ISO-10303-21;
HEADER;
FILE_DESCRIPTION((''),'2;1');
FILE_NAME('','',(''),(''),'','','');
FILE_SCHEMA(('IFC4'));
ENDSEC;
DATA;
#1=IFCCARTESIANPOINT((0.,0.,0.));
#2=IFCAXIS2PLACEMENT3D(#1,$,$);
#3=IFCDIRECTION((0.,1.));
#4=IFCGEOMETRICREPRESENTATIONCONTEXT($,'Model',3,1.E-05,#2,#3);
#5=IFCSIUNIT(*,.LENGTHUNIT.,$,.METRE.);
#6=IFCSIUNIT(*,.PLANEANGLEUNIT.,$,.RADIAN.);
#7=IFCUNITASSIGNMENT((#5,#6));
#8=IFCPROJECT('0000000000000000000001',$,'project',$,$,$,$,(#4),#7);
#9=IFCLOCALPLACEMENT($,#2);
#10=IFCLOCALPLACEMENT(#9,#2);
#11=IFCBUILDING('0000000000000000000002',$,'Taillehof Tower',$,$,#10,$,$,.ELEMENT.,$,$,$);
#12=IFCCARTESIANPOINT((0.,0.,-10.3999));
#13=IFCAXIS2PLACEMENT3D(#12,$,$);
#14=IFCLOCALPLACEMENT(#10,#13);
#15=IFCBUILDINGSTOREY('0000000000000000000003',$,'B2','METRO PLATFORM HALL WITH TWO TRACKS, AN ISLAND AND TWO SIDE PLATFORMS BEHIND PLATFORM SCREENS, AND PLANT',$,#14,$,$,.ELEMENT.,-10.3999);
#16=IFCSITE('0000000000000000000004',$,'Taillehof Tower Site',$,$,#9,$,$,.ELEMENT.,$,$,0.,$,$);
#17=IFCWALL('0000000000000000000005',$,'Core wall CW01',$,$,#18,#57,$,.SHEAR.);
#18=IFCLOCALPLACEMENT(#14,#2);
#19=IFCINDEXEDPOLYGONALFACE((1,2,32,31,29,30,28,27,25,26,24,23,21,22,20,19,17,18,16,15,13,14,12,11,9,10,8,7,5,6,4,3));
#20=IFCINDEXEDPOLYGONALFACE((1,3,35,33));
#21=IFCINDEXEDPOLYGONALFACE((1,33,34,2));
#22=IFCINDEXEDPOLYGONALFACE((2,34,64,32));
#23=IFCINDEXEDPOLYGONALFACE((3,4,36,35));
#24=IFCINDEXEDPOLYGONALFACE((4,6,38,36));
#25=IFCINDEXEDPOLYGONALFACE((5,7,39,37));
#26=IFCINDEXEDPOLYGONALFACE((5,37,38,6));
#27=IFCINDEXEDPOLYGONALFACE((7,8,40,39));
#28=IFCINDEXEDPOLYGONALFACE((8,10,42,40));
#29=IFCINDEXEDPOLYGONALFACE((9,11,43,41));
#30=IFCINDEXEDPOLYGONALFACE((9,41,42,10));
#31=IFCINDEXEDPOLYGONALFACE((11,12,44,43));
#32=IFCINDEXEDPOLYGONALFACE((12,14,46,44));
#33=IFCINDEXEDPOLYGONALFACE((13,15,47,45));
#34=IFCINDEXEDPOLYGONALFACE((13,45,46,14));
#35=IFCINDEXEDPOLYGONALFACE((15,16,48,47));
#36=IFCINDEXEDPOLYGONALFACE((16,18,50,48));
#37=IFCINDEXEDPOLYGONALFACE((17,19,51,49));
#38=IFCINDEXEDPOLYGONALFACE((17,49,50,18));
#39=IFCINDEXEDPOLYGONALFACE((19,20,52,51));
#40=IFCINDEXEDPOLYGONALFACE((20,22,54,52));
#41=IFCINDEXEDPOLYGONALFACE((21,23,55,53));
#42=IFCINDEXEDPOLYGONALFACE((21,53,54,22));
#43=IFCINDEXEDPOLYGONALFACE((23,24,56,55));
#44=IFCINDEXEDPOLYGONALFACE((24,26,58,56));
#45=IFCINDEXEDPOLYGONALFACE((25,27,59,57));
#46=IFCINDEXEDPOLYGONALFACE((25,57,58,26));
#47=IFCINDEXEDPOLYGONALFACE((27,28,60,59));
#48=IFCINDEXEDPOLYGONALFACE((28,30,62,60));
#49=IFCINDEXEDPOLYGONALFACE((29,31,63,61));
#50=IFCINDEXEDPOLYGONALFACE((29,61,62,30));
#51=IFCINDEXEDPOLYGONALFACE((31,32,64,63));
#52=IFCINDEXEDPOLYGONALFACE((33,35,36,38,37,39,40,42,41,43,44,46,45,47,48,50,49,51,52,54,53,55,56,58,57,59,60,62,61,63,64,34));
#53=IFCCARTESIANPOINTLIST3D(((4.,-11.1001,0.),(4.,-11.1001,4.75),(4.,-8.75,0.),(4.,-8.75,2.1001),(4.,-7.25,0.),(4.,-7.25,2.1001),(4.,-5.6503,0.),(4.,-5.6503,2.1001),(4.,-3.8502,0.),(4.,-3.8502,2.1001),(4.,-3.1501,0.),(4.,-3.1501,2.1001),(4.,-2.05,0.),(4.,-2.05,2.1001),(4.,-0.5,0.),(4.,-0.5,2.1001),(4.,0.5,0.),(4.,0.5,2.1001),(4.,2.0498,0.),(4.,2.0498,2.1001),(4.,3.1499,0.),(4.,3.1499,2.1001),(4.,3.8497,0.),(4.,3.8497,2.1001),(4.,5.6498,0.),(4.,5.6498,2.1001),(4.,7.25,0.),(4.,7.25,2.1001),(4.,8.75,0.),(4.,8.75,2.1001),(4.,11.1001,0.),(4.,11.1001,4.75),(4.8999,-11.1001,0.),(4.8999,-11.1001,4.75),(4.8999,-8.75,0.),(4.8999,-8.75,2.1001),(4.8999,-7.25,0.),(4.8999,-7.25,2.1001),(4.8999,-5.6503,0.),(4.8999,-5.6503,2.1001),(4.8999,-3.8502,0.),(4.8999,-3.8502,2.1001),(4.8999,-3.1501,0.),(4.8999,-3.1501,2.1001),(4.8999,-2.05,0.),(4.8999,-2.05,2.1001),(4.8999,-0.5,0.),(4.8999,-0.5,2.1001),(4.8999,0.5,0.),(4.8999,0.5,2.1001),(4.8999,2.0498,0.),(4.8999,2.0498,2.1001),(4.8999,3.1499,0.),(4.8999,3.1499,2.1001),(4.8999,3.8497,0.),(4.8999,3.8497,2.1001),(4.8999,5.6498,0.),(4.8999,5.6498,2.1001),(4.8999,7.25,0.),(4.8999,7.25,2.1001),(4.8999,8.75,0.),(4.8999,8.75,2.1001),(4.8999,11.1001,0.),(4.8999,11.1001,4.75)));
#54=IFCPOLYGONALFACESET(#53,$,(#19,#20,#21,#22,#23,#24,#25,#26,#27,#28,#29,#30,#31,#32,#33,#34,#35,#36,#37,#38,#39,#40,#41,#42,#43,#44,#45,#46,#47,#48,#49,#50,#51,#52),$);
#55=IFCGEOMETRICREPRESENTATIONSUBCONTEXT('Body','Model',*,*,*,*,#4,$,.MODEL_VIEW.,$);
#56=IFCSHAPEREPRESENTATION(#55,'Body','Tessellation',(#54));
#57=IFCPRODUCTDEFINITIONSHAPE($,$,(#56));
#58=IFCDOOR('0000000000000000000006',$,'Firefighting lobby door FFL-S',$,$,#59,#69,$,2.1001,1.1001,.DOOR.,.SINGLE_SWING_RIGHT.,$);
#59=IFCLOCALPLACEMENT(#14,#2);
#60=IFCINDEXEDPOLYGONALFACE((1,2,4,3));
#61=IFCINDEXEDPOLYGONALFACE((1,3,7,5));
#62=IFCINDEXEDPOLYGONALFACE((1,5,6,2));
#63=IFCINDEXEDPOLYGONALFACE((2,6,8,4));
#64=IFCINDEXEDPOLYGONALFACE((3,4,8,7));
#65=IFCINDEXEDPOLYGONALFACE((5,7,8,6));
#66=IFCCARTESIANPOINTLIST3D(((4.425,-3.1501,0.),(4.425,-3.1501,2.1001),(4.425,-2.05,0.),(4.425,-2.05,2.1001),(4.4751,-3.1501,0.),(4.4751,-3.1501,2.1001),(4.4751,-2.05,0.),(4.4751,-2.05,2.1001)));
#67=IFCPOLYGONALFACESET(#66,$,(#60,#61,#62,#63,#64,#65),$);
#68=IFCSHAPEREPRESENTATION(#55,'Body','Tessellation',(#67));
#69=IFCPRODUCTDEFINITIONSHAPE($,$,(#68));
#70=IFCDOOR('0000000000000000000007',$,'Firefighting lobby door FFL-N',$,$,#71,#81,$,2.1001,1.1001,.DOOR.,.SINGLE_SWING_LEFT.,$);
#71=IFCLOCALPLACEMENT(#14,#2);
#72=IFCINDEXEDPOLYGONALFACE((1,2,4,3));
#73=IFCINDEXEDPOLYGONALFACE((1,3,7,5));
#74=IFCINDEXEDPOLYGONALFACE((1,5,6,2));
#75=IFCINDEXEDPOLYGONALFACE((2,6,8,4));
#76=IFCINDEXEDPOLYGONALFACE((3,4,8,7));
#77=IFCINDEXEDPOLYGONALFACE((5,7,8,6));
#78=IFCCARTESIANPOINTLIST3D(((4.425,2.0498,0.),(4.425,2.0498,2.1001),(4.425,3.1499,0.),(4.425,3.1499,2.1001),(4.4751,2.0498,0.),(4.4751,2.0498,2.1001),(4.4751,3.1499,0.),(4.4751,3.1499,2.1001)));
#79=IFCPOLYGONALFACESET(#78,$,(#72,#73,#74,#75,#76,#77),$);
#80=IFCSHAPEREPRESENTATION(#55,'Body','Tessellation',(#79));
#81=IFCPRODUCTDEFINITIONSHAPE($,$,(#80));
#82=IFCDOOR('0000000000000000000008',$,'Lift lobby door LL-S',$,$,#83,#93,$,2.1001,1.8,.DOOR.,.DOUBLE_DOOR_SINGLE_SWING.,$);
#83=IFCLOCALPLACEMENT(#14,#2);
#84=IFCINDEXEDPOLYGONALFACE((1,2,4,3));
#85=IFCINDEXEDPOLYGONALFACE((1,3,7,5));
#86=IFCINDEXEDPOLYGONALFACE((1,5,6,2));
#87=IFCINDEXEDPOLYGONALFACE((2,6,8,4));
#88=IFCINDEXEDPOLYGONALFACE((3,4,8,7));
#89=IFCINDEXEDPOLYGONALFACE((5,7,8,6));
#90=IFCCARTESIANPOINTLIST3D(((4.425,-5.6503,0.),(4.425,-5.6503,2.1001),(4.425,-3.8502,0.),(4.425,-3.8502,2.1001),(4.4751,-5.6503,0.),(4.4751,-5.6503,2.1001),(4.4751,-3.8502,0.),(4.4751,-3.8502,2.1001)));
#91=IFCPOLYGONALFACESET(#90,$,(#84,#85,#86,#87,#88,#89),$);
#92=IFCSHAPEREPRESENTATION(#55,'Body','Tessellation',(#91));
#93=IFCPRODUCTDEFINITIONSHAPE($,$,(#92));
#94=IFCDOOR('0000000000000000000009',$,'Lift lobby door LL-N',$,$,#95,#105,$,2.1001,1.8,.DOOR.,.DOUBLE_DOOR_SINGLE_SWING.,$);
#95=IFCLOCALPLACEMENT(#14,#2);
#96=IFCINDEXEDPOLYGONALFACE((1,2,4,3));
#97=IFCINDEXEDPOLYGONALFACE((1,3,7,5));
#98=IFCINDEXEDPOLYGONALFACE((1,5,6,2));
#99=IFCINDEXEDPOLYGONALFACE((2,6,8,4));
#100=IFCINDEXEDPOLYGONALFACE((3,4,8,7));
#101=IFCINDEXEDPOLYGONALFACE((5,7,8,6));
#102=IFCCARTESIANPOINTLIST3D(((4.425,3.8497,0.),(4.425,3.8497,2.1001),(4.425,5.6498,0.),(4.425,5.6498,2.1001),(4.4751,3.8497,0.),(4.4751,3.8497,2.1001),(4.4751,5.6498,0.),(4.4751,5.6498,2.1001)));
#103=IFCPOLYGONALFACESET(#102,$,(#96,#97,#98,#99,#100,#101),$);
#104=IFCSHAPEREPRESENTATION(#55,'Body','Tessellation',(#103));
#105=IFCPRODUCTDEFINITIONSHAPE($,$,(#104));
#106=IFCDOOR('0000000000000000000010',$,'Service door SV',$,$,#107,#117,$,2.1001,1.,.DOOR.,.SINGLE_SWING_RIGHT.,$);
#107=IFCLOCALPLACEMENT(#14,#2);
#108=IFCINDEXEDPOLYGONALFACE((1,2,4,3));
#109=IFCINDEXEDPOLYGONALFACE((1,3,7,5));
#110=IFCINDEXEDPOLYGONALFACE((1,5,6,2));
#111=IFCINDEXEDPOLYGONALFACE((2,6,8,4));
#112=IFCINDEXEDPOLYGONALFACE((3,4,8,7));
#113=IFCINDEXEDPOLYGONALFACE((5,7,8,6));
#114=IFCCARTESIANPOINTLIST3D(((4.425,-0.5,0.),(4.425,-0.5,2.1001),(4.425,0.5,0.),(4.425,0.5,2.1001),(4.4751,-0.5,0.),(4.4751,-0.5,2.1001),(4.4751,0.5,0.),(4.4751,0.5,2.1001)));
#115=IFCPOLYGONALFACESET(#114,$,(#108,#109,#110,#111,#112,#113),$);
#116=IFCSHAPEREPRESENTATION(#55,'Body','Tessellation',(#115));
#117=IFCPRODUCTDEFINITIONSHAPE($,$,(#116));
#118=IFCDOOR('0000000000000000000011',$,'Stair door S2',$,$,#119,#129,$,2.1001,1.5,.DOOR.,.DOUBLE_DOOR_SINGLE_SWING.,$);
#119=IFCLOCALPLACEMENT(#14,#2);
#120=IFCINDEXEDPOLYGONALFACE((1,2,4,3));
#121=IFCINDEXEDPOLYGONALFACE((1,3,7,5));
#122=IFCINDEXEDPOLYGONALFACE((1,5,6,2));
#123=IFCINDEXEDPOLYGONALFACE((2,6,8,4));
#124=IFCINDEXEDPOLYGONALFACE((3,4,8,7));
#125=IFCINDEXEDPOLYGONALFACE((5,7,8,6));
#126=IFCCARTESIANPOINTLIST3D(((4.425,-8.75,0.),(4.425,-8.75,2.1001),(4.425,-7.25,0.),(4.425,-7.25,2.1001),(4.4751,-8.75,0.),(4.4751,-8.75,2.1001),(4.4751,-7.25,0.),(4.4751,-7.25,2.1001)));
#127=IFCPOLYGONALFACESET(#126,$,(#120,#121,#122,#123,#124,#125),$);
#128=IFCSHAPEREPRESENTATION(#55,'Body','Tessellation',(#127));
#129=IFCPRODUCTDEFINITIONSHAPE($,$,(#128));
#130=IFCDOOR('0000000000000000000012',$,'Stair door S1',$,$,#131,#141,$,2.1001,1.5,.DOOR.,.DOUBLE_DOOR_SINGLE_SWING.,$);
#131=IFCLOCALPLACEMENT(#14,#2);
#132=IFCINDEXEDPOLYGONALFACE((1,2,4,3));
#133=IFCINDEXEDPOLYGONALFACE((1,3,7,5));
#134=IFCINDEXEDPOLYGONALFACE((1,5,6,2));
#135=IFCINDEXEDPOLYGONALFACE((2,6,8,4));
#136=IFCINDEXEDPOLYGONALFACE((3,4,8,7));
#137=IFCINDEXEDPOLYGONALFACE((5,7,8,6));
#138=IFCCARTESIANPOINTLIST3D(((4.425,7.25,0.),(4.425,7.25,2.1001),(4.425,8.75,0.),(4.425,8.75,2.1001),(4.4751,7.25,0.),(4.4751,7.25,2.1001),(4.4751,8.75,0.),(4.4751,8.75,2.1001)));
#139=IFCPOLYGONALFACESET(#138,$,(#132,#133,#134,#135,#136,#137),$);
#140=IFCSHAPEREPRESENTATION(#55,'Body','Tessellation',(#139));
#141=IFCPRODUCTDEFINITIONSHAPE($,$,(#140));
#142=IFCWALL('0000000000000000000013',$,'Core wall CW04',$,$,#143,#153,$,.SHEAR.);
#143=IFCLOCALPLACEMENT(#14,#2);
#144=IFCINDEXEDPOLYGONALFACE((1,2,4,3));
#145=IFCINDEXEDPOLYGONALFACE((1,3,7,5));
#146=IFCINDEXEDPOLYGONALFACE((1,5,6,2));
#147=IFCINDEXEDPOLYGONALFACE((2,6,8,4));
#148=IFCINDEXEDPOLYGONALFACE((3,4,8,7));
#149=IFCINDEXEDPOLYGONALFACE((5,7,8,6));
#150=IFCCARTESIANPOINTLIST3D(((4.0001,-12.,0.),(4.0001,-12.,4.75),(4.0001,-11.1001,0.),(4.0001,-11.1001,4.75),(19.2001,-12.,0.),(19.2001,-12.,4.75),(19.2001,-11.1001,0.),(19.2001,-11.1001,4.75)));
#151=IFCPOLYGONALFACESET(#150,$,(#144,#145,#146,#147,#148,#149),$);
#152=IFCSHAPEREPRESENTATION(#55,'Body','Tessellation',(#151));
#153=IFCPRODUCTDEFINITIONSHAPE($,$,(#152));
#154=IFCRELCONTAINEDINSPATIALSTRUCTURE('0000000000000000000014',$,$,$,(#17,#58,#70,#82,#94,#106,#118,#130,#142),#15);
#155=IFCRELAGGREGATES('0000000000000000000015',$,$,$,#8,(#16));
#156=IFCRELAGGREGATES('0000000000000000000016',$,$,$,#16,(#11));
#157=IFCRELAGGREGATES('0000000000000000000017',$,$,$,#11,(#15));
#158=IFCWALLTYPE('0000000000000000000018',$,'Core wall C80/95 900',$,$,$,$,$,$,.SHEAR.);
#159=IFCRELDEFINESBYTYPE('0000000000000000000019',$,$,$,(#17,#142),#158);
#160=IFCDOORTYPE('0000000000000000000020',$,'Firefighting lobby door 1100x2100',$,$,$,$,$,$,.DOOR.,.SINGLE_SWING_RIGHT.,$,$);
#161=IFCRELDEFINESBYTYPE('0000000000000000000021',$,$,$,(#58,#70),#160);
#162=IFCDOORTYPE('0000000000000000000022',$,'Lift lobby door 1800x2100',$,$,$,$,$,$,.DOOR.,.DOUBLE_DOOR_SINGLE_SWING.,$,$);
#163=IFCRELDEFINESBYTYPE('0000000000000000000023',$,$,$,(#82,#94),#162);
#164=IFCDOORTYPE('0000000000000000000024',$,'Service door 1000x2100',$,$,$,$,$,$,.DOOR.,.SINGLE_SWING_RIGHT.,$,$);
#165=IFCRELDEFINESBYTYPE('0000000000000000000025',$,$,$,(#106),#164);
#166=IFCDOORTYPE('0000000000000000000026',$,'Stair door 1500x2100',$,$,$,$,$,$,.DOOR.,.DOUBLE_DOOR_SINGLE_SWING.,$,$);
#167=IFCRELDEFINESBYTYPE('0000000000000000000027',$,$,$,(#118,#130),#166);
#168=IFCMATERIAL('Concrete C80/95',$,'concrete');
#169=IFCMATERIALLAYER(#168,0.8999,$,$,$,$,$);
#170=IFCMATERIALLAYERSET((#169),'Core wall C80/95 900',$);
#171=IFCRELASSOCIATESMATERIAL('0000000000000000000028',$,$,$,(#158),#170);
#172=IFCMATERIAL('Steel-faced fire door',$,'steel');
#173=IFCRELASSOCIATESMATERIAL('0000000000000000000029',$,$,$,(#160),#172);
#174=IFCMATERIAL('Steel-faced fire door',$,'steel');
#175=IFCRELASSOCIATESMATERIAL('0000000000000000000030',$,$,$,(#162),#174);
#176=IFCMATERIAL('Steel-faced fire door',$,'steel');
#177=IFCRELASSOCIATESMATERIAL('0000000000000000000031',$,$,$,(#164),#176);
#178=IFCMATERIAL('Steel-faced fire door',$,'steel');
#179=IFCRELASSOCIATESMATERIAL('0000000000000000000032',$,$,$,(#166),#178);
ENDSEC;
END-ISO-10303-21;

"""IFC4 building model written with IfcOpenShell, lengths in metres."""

from ifc_helpers import new_model, si_unit, direction, frame, frame_2d, origin, place, context, subcontext, project, spatial, rectangle, extrude, material, layer, layer_set, type_object, element, fill, save


model = new_model("IFC4")

# Units and contexts
model_context = context("Model", 3, precision=1e-05, world=origin(), true_north=direction((0.0, 1.0)))
body_context = subcontext(model_context, "Body", "Model", "MODEL_VIEW")
ifc_project = project(units=[si_unit("LENGTHUNIT", "METRE"), si_unit("PLANEANGLEUNIT", "RADIAN")], contexts=[model_context])

# Site, building, storey
site_placement = place(None, origin())
site = spatial("IfcSite", under=ifc_project, at=site_placement, Name="Taillehof Tower Site", CompositionType="ELEMENT", RefElevation=0.0)
building_placement = place(site_placement, origin())
building = spatial("IfcBuilding", under=site, at=building_placement, Name="Taillehof Tower", CompositionType="ELEMENT")
storey_placement = place(building_placement, frame((0.0, 0.0, -10.3999)))
storey = spatial("IfcBuildingStorey", under=building, at=storey_placement, Name="B2", Description="METRO PLATFORM HALL WITH TWO TRACKS, AN ISLAND AND TWO SIDE PLATFORMS BEHIND PLATFORM SCREENS, AND PLANT", CompositionType="ELEMENT", Elevation=-10.3999)

# Wall, openings, doors
ifc_material_1 = material(Name="Concrete C80/95", Category="concrete")
ifc_layer_1 = layer(ifc_material_1, 0.8999)
ifc_layer_set_1 = layer_set([ifc_layer_1], Name="Core wall C80/95 900")
wall_type_1 = type_object("IfcWallType", Name="Core wall C80/95 900", PredefinedType="SHEAR", material=ifc_layer_set_1)
wall_1_placement = place(storey_placement, frame((4.45, -11.1001, 0.0), z_axis=(0.0, 0.0, 1.0), x_axis=(0.0, 1.0, 0.0)))
wall_1 = element("IfcWall", 1, at=wall_1_placement, inside=storey, type_object=wall_type_1, Name="Core wall CW01", PredefinedType="SHEAR", context=body_context, shape_type="SweptSolid", body=[
    extrude(rectangle(XDim=22.2002, YDim=0.8999, at=frame_2d((11.1001, 0.0))), origin(), (0.0, 0.0, 1.0), 4.75),
])
opening_1_placement = place(wall_1_placement, frame((2.3501, 0.0, 0.0)))
opening_1 = element("IfcOpeningElement", 2, at=opening_1_placement, cuts=wall_1, PredefinedType="OPENING", context=body_context, shape_type="SweptSolid", body=[
    extrude(rectangle(XDim=1.5, YDim=2.1001, at=frame_2d((0.75, 1.05))), frame((0.0, 0.46, 0.0), z_axis=(0.0, -1.0, 0.0), x_axis=(1.0, 0.0, 0.0)), (0.0, 0.0, 1.0), 0.9199),
])
opening_2_placement = place(wall_1_placement, frame((5.45, 0.0, 0.0)))
opening_2 = element("IfcOpeningElement", 3, at=opening_2_placement, cuts=wall_1, PredefinedType="OPENING", context=body_context, shape_type="SweptSolid", body=[
    extrude(rectangle(XDim=1.8, YDim=2.1001, at=frame_2d((0.8999, 1.05))), frame((0.0, 0.46, 0.0), z_axis=(0.0, -1.0, 0.0), x_axis=(1.0, 0.0, 0.0)), (0.0, 0.0, 1.0), 0.9199),
])
opening_3_placement = place(wall_1_placement, frame((7.95, 0.0, 0.0)))
opening_3 = element("IfcOpeningElement", 4, at=opening_3_placement, cuts=wall_1, PredefinedType="OPENING", context=body_context, shape_type="SweptSolid", body=[
    extrude(rectangle(XDim=1.1001, YDim=2.1001, at=frame_2d((0.55, 1.05))), frame((0.0, 0.46, 0.0), z_axis=(0.0, -1.0, 0.0), x_axis=(1.0, 0.0, 0.0)), (0.0, 0.0, 1.0), 0.9199),
])
opening_4_placement = place(wall_1_placement, frame((10.6001, 0.0, 0.0)))
opening_4 = element("IfcOpeningElement", 5, at=opening_4_placement, cuts=wall_1, PredefinedType="OPENING", context=body_context, shape_type="SweptSolid", body=[
    extrude(rectangle(XDim=1.0, YDim=2.1001, at=frame_2d((0.5, 1.05))), frame((0.0, 0.46, 0.0), z_axis=(0.0, -1.0, 0.0), x_axis=(1.0, 0.0, 0.0)), (0.0, 0.0, 1.0), 0.9199),
])
opening_5_placement = place(wall_1_placement, frame((13.1499, 0.0, 0.0)))
opening_5 = element("IfcOpeningElement", 6, at=opening_5_placement, cuts=wall_1, PredefinedType="OPENING", context=body_context, shape_type="SweptSolid", body=[
    extrude(rectangle(XDim=1.1001, YDim=2.1001, at=frame_2d((0.55, 1.05))), frame((0.0, 0.46, 0.0), z_axis=(0.0, -1.0, 0.0), x_axis=(1.0, 0.0, 0.0)), (0.0, 0.0, 1.0), 0.9199),
])
opening_6_placement = place(wall_1_placement, frame((14.95, 0.0, 0.0)))
opening_6 = element("IfcOpeningElement", 7, at=opening_6_placement, cuts=wall_1, PredefinedType="OPENING", context=body_context, shape_type="SweptSolid", body=[
    extrude(rectangle(XDim=1.8, YDim=2.1001, at=frame_2d((0.8999, 1.05))), frame((0.0, 0.46, 0.0), z_axis=(0.0, -1.0, 0.0), x_axis=(1.0, 0.0, 0.0)), (0.0, 0.0, 1.0), 0.9199),
])
opening_7_placement = place(wall_1_placement, frame((18.3501, 0.0, 0.0)))
opening_7 = element("IfcOpeningElement", 8, at=opening_7_placement, cuts=wall_1, PredefinedType="OPENING", context=body_context, shape_type="SweptSolid", body=[
    extrude(rectangle(XDim=1.5, YDim=2.1001, at=frame_2d((0.75, 1.05))), frame((0.0, 0.46, 0.0), z_axis=(0.0, -1.0, 0.0), x_axis=(1.0, 0.0, 0.0)), (0.0, 0.0, 1.0), 0.9199),
])
ifc_material_2 = material(Name="Steel-faced fire door", Category="steel")
door_type_1 = type_object("IfcDoorType", Name="Firefighting lobby door 1100x2100", OperationType="SINGLE_SWING_RIGHT", PredefinedType="DOOR", material=ifc_material_2)
door_1_placement = place(opening_3_placement, origin())
door_1 = element("IfcDoor", 9, at=door_1_placement, inside=storey, type_object=door_type_1, Name="Firefighting lobby door FFL-S", OperationType="SINGLE_SWING_RIGHT", OverallHeight=2.1001, OverallWidth=1.1001, PredefinedType="DOOR", context=body_context, shape_type="SweptSolid", body=[
    extrude(rectangle(XDim=1.1001, YDim=2.1001, at=frame_2d((0.55, 1.05))), frame((0.0, 0.0249, 0.0), z_axis=(0.0, -1.0, 0.0), x_axis=(1.0, 0.0, 0.0)), (0.0, 0.0, 1.0), 0.05),
])
fill(opening_3, door_1)
door_2_placement = place(opening_5_placement, origin())
door_2 = element("IfcDoor", 10, at=door_2_placement, inside=storey, type_object=door_type_1, Name="Firefighting lobby door FFL-N", OperationType="SINGLE_SWING_LEFT", OverallHeight=2.1001, OverallWidth=1.1001, PredefinedType="DOOR", context=body_context, shape_type="SweptSolid", body=[
    extrude(rectangle(XDim=1.1001, YDim=2.1001, at=frame_2d((0.55, 1.05))), frame((0.0, 0.0249, 0.0), z_axis=(0.0, -1.0, 0.0), x_axis=(1.0, 0.0, 0.0)), (0.0, 0.0, 1.0), 0.05),
])
fill(opening_5, door_2)
ifc_material_3 = material(Name="Steel-faced fire door", Category="steel")
door_type_2 = type_object("IfcDoorType", Name="Lift lobby door 1800x2100", OperationType="DOUBLE_DOOR_SINGLE_SWING", PredefinedType="DOOR", material=ifc_material_3)
door_3_placement = place(opening_2_placement, origin())
door_3 = element("IfcDoor", 11, at=door_3_placement, inside=storey, type_object=door_type_2, Name="Lift lobby door LL-S", OperationType="DOUBLE_DOOR_SINGLE_SWING", OverallHeight=2.1001, OverallWidth=1.8, PredefinedType="DOOR", context=body_context, shape_type="SweptSolid", body=[
    extrude(rectangle(XDim=1.8, YDim=2.1001, at=frame_2d((0.8999, 1.05))), frame((0.0, 0.0249, 0.0), z_axis=(0.0, -1.0, 0.0), x_axis=(1.0, 0.0, 0.0)), (0.0, 0.0, 1.0), 0.05),
])
fill(opening_2, door_3)
door_4_placement = place(opening_6_placement, origin())
door_4 = element("IfcDoor", 12, at=door_4_placement, inside=storey, type_object=door_type_2, Name="Lift lobby door LL-N", OperationType="DOUBLE_DOOR_SINGLE_SWING", OverallHeight=2.1001, OverallWidth=1.8, PredefinedType="DOOR", context=body_context, shape_type="SweptSolid", body=[
    extrude(rectangle(XDim=1.8, YDim=2.1001, at=frame_2d((0.8999, 1.05))), frame((0.0, 0.0249, 0.0), z_axis=(0.0, -1.0, 0.0), x_axis=(1.0, 0.0, 0.0)), (0.0, 0.0, 1.0), 0.05),
])
fill(opening_6, door_4)
ifc_material_4 = material(Name="Steel-faced fire door", Category="steel")
door_type_3 = type_object("IfcDoorType", Name="Service door 1000x2100", OperationType="SINGLE_SWING_RIGHT", PredefinedType="DOOR", material=ifc_material_4)
door_5_placement = place(opening_4_placement, origin())
door_5 = element("IfcDoor", 13, at=door_5_placement, inside=storey, type_object=door_type_3, Name="Service door SV", OperationType="SINGLE_SWING_RIGHT", OverallHeight=2.1001, OverallWidth=1.0, PredefinedType="DOOR", context=body_context, shape_type="SweptSolid", body=[
    extrude(rectangle(XDim=1.0, YDim=2.1001, at=frame_2d((0.5, 1.05))), frame((0.0, 0.0249, 0.0), z_axis=(0.0, -1.0, 0.0), x_axis=(1.0, 0.0, 0.0)), (0.0, 0.0, 1.0), 0.05),
])
fill(opening_4, door_5)
ifc_material_5 = material(Name="Steel-faced fire door", Category="steel")
door_type_4 = type_object("IfcDoorType", Name="Stair door 1500x2100", OperationType="DOUBLE_DOOR_SINGLE_SWING", PredefinedType="DOOR", material=ifc_material_5)
door_6_placement = place(opening_1_placement, origin())
door_6 = element("IfcDoor", 14, at=door_6_placement, inside=storey, type_object=door_type_4, Name="Stair door S2", OperationType="DOUBLE_DOOR_SINGLE_SWING", OverallHeight=2.1001, OverallWidth=1.5, PredefinedType="DOOR", context=body_context, shape_type="SweptSolid", body=[
    extrude(rectangle(XDim=1.5, YDim=2.1001, at=frame_2d((0.75, 1.05))), frame((0.0, 0.0249, 0.0), z_axis=(0.0, -1.0, 0.0), x_axis=(1.0, 0.0, 0.0)), (0.0, 0.0, 1.0), 0.05),
])
fill(opening_1, door_6)
door_7_placement = place(opening_7_placement, origin())
door_7 = element("IfcDoor", 15, at=door_7_placement, inside=storey, type_object=door_type_4, Name="Stair door S1", OperationType="DOUBLE_DOOR_SINGLE_SWING", OverallHeight=2.1001, OverallWidth=1.5, PredefinedType="DOOR", context=body_context, shape_type="SweptSolid", body=[
    extrude(rectangle(XDim=1.5, YDim=2.1001, at=frame_2d((0.75, 1.05))), frame((0.0, 0.0249, 0.0), z_axis=(0.0, -1.0, 0.0), x_axis=(1.0, 0.0, 0.0)), (0.0, 0.0, 1.0), 0.05),
])
fill(opening_7, door_7)

# Wall
wall_2_placement = place(storey_placement, frame((4.0, -11.55, 0.0), z_axis=(0.0, 0.0, 1.0), x_axis=(1.0, 0.0, 0.0)))
element("IfcWall", 16, at=wall_2_placement, inside=storey, type_object=wall_type_1, Name="Core wall CW04", PredefinedType="SHEAR", context=body_context, shape_type="SweptSolid", body=[
    extrude(rectangle(XDim=15.2, YDim=0.8999, at=frame_2d((7.6001, 0.0))), origin(), (0.0, 0.0, 1.0), 4.75),
])

save(model, "model.ifc")
